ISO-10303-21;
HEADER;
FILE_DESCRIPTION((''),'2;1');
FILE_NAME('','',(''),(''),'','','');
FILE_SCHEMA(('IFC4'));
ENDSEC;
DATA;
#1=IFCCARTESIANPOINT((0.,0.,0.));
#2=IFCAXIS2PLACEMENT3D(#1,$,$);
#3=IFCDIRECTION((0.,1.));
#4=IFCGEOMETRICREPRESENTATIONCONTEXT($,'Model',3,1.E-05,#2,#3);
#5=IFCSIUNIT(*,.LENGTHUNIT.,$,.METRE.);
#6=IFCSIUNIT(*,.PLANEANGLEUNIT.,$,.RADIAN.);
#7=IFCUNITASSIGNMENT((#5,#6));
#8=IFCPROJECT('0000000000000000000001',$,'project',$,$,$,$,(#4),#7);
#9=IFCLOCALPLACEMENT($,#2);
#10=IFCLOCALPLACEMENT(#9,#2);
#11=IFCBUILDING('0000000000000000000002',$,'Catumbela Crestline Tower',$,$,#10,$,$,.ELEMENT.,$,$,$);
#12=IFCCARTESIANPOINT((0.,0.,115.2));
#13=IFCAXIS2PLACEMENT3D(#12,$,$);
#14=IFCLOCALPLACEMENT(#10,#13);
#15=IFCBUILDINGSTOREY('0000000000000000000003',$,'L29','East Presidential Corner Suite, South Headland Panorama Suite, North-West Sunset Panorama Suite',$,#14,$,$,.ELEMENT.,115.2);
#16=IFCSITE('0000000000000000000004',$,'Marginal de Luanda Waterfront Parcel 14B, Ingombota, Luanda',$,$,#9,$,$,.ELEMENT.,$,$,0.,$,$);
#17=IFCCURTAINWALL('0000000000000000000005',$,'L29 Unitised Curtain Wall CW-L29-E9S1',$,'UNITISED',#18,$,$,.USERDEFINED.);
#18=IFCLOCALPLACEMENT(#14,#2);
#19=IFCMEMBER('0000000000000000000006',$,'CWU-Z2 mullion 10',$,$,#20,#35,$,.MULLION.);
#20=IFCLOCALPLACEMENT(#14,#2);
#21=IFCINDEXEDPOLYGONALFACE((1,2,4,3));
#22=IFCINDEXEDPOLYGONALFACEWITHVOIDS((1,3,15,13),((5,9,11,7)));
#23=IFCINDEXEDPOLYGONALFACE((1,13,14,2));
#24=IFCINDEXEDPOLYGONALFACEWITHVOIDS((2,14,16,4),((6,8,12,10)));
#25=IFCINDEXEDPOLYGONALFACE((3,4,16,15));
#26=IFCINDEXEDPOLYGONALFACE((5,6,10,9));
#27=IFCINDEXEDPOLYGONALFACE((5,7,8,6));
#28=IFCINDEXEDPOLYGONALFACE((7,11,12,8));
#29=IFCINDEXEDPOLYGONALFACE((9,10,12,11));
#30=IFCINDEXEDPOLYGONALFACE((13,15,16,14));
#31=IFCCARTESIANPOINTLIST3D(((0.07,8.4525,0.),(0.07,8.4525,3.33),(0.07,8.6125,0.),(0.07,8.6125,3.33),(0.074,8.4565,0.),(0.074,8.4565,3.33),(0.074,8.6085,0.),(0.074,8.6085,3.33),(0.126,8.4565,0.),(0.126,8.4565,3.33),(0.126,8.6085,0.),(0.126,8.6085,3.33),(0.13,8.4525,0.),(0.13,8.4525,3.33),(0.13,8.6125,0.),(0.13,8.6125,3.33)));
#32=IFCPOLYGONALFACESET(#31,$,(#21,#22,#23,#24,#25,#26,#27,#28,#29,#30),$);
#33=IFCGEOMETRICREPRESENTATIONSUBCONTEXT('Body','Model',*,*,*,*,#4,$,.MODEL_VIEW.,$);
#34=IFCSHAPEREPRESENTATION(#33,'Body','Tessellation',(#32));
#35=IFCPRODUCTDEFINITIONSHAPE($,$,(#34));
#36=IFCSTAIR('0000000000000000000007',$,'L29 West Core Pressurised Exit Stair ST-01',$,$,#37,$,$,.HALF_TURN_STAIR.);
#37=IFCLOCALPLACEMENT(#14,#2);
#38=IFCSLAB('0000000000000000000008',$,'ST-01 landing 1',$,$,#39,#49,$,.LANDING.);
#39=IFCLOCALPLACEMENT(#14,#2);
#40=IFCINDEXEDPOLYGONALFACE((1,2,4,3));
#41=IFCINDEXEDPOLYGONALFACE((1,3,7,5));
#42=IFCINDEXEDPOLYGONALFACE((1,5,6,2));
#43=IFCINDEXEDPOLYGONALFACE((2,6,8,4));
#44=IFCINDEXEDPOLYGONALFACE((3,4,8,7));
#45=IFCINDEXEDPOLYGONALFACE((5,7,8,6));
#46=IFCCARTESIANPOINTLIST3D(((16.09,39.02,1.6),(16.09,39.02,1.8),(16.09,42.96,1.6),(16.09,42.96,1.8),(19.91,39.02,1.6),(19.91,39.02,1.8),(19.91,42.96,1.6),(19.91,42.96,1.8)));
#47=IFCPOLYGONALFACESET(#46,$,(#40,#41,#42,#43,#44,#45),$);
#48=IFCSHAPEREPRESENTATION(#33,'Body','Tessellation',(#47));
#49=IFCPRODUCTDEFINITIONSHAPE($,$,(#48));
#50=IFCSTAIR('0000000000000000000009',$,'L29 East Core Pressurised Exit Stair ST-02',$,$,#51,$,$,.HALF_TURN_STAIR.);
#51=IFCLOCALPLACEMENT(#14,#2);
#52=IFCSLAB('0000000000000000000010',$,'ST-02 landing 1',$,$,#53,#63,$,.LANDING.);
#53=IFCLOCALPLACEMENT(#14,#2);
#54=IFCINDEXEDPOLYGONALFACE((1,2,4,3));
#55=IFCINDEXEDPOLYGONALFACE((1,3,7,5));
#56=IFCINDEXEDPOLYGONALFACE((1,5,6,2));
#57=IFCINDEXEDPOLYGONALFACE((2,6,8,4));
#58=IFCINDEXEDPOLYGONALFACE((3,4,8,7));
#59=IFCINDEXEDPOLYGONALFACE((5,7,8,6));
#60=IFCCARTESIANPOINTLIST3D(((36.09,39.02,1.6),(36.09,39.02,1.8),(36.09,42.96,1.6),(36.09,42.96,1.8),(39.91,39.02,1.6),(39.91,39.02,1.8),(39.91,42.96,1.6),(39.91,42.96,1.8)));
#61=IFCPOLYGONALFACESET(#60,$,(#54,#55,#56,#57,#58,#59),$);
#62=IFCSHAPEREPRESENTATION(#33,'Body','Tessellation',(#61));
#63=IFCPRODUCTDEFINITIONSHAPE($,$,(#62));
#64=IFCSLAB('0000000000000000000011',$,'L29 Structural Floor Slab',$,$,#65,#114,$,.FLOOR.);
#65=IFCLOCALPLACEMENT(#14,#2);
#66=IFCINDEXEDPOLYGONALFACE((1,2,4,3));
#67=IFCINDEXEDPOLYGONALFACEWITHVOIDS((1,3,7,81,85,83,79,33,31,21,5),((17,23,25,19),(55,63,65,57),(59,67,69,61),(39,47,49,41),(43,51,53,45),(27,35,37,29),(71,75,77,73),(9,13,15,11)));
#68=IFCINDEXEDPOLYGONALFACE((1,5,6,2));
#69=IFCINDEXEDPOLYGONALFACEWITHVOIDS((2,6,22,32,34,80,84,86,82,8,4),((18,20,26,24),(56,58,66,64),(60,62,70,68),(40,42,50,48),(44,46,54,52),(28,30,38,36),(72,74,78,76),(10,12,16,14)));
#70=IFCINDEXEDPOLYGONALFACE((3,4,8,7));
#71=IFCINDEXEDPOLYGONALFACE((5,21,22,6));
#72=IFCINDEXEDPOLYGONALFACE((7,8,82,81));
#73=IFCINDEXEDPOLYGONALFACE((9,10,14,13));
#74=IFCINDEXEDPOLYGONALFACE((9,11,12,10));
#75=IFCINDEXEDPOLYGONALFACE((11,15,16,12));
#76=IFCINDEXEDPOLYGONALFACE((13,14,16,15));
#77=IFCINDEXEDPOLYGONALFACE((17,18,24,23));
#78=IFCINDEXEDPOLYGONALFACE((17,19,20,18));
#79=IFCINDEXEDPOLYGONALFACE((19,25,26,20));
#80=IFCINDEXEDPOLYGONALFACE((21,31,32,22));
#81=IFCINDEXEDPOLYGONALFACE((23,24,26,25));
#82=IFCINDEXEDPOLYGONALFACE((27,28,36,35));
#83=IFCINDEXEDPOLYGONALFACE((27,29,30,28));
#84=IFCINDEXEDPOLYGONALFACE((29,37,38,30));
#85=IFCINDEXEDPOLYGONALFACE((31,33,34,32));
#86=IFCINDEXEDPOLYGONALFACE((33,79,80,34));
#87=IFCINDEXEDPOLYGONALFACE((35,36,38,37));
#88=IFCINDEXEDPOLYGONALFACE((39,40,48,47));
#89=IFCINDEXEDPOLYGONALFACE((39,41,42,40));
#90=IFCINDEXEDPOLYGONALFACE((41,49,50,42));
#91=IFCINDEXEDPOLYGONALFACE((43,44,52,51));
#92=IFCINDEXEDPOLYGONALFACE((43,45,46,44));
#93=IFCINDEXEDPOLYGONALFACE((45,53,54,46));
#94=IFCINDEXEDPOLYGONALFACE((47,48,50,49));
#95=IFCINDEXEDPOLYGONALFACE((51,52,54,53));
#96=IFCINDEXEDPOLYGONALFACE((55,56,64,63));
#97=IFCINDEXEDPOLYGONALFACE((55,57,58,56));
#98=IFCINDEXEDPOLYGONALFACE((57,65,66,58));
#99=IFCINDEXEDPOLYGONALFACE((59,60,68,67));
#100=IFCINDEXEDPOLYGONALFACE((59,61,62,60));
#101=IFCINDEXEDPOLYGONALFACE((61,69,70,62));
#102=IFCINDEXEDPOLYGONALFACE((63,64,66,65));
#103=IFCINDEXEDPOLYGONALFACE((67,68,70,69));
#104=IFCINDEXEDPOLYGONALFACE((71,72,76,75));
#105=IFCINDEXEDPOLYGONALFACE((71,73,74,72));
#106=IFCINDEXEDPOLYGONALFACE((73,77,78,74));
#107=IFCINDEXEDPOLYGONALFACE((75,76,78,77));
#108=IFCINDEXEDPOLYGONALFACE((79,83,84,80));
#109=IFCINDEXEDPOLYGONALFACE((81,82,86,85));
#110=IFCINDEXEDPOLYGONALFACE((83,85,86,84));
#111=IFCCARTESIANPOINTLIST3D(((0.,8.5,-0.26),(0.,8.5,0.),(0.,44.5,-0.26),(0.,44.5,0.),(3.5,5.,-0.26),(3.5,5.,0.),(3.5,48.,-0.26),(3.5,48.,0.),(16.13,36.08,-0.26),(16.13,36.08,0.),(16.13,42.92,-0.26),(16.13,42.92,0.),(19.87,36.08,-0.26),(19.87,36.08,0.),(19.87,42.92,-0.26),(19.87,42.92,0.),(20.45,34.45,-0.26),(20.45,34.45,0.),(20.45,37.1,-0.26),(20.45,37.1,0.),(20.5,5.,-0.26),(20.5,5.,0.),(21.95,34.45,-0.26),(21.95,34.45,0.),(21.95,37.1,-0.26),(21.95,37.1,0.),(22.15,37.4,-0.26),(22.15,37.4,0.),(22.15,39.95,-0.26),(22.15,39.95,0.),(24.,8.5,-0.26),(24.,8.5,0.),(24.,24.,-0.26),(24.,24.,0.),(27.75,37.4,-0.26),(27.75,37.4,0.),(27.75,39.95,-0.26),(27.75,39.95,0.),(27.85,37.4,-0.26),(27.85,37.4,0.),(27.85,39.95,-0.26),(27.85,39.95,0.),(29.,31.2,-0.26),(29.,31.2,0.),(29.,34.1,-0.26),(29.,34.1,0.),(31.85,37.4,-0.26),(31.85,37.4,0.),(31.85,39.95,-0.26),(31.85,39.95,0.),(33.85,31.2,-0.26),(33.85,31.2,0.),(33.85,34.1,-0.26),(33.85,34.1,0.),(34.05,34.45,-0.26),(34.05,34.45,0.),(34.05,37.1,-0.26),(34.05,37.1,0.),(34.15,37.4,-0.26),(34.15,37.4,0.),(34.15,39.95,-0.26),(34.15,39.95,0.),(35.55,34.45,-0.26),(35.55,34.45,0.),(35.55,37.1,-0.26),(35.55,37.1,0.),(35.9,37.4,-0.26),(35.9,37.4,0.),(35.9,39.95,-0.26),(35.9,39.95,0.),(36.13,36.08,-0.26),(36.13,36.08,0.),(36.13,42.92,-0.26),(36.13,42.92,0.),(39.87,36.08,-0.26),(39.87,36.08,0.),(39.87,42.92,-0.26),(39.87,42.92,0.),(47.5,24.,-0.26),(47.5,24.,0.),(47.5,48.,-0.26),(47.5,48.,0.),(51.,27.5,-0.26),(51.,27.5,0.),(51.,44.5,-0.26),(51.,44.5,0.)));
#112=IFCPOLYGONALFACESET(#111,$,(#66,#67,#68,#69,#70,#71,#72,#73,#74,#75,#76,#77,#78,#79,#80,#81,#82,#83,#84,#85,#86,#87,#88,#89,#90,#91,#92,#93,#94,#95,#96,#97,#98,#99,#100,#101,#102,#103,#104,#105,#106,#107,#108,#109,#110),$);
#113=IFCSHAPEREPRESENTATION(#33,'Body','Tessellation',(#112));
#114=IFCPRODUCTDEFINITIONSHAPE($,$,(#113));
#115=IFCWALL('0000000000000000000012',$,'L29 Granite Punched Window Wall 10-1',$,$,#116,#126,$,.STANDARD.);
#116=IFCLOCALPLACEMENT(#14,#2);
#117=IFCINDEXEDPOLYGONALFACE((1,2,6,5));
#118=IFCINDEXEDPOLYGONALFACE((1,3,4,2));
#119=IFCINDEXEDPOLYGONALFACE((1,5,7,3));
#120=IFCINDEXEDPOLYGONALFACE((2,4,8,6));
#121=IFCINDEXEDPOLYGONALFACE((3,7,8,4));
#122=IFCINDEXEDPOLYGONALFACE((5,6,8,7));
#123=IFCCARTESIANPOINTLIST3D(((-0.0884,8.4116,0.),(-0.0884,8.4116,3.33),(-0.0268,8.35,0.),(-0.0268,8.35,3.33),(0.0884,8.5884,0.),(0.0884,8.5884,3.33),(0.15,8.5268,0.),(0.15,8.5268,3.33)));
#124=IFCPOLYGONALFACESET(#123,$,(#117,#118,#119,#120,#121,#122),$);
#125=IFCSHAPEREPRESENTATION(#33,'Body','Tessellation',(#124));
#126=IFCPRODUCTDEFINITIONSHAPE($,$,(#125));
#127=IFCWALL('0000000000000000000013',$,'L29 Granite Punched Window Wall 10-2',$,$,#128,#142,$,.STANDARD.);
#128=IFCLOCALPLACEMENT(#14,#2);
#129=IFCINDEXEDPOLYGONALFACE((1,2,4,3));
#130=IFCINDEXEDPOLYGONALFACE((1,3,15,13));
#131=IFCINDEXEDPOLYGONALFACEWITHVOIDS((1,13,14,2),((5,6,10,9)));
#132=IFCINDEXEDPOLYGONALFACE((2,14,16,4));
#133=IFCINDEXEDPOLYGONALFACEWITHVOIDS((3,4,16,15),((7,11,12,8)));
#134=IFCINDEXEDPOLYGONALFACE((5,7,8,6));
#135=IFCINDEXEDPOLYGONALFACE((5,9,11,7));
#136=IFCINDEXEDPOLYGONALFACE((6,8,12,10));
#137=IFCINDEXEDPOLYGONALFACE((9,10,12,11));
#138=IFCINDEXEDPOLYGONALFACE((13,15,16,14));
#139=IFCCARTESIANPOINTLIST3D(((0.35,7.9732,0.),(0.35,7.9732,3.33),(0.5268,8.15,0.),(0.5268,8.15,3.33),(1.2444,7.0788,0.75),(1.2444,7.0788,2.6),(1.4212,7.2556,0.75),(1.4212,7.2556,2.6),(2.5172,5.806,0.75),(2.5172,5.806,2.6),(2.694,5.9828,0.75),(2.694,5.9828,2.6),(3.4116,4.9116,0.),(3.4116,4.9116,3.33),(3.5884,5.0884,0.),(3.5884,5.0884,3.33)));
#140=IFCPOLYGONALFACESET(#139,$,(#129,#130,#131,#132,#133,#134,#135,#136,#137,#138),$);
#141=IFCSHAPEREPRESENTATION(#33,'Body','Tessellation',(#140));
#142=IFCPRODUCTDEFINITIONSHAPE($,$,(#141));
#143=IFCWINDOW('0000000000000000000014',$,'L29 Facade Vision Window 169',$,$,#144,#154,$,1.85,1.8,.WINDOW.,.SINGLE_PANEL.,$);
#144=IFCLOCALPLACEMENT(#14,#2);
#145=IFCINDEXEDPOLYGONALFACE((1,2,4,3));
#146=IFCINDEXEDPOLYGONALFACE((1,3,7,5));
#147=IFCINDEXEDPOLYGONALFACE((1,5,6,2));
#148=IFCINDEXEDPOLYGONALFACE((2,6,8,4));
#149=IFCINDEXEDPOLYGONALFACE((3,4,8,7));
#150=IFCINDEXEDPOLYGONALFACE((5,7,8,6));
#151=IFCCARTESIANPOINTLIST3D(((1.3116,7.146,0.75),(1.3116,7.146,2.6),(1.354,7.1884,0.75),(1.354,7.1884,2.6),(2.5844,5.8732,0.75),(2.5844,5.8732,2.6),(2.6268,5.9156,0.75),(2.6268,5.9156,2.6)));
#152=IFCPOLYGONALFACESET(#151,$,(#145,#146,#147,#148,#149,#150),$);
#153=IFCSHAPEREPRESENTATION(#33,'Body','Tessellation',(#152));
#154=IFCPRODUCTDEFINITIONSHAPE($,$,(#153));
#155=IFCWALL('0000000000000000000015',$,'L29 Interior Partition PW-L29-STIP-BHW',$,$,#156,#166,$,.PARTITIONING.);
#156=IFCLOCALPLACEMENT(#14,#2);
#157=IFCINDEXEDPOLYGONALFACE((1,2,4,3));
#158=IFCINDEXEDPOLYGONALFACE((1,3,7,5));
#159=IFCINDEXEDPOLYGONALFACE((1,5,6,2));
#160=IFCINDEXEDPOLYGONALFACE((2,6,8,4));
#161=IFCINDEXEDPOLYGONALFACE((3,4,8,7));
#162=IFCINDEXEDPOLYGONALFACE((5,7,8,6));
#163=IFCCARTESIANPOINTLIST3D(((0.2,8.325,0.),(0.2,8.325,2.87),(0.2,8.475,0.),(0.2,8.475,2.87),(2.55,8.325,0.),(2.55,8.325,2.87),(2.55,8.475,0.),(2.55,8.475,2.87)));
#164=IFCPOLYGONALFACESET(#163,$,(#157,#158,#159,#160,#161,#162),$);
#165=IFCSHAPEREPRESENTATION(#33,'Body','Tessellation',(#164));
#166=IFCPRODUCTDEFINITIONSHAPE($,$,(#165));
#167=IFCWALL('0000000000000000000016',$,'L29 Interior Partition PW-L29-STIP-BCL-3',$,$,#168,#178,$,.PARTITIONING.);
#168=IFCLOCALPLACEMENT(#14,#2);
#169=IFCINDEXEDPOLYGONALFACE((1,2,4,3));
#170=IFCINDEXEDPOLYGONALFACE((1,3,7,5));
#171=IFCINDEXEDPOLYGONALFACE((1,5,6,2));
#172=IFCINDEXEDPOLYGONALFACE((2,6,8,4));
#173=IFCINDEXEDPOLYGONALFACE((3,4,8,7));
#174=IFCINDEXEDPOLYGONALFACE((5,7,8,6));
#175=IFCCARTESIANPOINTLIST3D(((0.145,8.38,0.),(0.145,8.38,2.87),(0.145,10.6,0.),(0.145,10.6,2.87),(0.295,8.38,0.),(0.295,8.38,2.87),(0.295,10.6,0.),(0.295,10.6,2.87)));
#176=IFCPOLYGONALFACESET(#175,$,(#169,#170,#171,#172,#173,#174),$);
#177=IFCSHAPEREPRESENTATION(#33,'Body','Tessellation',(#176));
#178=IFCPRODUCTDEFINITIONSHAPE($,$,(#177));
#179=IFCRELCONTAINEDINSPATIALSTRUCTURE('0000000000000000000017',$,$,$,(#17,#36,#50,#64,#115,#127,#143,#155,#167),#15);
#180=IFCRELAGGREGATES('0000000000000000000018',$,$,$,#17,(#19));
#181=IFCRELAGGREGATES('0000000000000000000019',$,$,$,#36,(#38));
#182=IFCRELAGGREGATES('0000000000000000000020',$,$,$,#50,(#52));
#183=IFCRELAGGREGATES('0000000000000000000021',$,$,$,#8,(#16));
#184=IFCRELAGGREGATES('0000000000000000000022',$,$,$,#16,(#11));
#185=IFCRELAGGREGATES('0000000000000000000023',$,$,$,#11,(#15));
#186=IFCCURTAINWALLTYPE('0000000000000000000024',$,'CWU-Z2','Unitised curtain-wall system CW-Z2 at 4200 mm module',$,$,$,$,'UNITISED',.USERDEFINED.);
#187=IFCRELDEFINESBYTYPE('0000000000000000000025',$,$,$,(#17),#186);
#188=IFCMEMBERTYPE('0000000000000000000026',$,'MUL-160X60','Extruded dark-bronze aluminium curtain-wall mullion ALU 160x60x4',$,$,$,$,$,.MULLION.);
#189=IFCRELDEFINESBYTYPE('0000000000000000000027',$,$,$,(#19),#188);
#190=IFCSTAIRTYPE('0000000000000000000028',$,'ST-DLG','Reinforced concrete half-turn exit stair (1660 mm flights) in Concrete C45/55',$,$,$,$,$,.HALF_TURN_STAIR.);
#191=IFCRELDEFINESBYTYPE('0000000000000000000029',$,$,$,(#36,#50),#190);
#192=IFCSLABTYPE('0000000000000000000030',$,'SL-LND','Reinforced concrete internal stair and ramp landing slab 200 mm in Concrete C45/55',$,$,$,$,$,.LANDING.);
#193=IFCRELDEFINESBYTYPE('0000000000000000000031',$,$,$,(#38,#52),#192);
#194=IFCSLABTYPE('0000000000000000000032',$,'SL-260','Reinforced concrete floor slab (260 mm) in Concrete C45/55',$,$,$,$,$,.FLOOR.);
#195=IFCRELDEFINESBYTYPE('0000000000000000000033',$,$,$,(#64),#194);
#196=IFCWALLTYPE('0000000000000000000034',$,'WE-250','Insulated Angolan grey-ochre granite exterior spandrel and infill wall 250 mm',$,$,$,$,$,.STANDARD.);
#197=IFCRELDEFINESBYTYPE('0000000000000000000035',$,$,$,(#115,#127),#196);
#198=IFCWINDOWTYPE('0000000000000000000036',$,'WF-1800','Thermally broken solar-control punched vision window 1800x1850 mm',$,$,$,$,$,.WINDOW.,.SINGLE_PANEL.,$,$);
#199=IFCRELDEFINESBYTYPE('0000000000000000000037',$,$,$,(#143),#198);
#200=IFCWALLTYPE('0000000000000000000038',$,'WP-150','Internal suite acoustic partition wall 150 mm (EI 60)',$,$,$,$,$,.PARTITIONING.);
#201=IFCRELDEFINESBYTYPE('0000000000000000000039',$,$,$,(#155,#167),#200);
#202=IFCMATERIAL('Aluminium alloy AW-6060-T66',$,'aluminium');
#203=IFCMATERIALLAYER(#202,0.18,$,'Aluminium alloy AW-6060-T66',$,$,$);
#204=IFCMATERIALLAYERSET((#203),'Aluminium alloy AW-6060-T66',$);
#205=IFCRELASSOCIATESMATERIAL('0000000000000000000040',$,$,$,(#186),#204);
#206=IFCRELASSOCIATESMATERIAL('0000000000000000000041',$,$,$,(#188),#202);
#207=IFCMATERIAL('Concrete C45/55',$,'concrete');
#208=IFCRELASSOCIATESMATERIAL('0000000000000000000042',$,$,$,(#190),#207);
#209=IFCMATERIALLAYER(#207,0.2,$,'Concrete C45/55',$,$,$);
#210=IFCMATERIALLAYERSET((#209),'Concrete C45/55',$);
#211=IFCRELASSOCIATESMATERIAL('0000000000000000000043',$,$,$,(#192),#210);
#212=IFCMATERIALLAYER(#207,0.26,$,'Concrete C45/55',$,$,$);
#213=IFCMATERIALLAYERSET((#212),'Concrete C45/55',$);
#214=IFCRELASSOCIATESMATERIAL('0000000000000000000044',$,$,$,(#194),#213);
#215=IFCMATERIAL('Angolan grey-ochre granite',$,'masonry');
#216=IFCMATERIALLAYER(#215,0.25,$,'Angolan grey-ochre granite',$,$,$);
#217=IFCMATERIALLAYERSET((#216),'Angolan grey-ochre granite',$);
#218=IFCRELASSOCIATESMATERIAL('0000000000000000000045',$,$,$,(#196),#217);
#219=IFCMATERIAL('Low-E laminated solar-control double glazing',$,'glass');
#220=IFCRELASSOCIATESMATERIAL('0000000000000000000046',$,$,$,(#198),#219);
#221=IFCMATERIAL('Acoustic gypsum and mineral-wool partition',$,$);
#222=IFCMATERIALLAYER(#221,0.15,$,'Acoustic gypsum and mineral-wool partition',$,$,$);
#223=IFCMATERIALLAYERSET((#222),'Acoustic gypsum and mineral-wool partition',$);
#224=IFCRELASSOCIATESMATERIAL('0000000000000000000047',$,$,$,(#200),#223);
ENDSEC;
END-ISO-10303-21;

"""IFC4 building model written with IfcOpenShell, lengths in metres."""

from ifc_helpers import new_model, si_unit, direction, frame, frame_2d, origin, origin_2d, place, context, subcontext, project, spatial, polyline, rectangle, hollow_rectangle, outline, extrude, material, layer, layer_set, material_profile, profile_set, type_object, element, fill, aggregate, save


model = new_model("IFC4")

# Units and contexts
model_context = context("Model", 3, precision=1e-05, world=origin(), true_north=direction((0.0, 1.0)))
body_context = subcontext(model_context, "Body", "Model", "MODEL_VIEW")
ifc_project = project(units=[si_unit("LENGTHUNIT", "METRE"), si_unit("PLANEANGLEUNIT", "RADIAN")], contexts=[model_context])

# Site, building, storey
site_placement = place(None, origin())
site = spatial("IfcSite", under=ifc_project, at=site_placement, Name="Marginal de Luanda Waterfront Parcel 14B, Ingombota, Luanda", CompositionType="ELEMENT", RefElevation=0.0)
building_placement = place(site_placement, origin())
building = spatial("IfcBuilding", under=site, at=building_placement, Name="Catumbela Crestline Tower", CompositionType="ELEMENT")
storey_placement = place(building_placement, frame((0.0, 0.0, 115.2)))
storey = spatial("IfcBuildingStorey", under=building, at=storey_placement, Name="L29", Description="East Presidential Corner Suite, South Headland Panorama Suite, North-West Sunset Panorama Suite", CompositionType="ELEMENT", Elevation=115.2)

# Curtain wall, member
ifc_material_1 = material(Name="Aluminium alloy AW-6060-T66", Category="aluminium")
ifc_layer_1 = layer(ifc_material_1, 0.18, Name="Aluminium alloy AW-6060-T66")
ifc_layer_set_1 = layer_set([ifc_layer_1], Name="Aluminium alloy AW-6060-T66")
curtain_wall_type = type_object("IfcCurtainWallType", Name="CWU-Z2", Description="Unitised curtain-wall system CW-Z2 at 4200 mm module", ElementType="UNITISED", PredefinedType="USERDEFINED", material=ifc_layer_set_1)
curtain_wall_placement = place(storey_placement, origin())
curtain_wall = element("IfcCurtainWall", 1, at=curtain_wall_placement, inside=storey, type_object=curtain_wall_type, Name="L29 Unitised Curtain Wall CW-L29-E9S1", ObjectType="UNITISED", PredefinedType="USERDEFINED")
ifc_material_profile = material_profile(ifc_material_1, hollow_rectangle(XDim=0.06, YDim=0.16, WallThickness=0.004, at=origin_2d()), Name="ALU 160x60x4")
ifc_profile_set = profile_set([ifc_material_profile], Name="Aluminium alloy AW-6060-T66")
member_type = type_object("IfcMemberType", Name="MUL-160X60", Description="Extruded dark-bronze aluminium curtain-wall mullion ALU 160x60x4", PredefinedType="MULLION", material=ifc_profile_set)
member_placement = place(storey_placement, frame((0.1, 8.5325, 0.0), z_axis=(0.0, 0.0, 1.0), x_axis=(1.0, 0.0, 0.0)))
member = element("IfcMember", 2, at=member_placement, type_object=member_type, Name="CWU-Z2 mullion 10", PredefinedType="MULLION", context=body_context, shape_type="SweptSolid", body=[
    extrude(hollow_rectangle(XDim=0.06, YDim=0.16, WallThickness=0.004, at=origin_2d()), origin(), (0.0, 0.0, 1.0), 3.33),
])
aggregate(curtain_wall, [member])

# Stairs, slabs
ifc_material_2 = material(Name="Concrete C45/55", Category="concrete")
stair_type = type_object("IfcStairType", Name="ST-DLG", Description="Reinforced concrete half-turn exit stair (1660 mm flights) in Concrete C45/55", PredefinedType="HALF_TURN_STAIR", material=ifc_material_2)
stair_1_placement = place(storey_placement, origin())
stair_1 = element("IfcStair", 3, at=stair_1_placement, inside=storey, type_object=stair_type, Name="L29 West Core Pressurised Exit Stair ST-01", PredefinedType="HALF_TURN_STAIR")
ifc_layer_2 = layer(ifc_material_2, 0.2, Name="Concrete C45/55")
ifc_layer_set_2 = layer_set([ifc_layer_2], Name="Concrete C45/55")
slab_type_1 = type_object("IfcSlabType", Name="SL-LND", Description="Reinforced concrete internal stair and ramp landing slab 200 mm in Concrete C45/55", PredefinedType="LANDING", material=ifc_layer_set_2)
slab_1_placement = place(storey_placement, frame((0.0, 0.0, 1.6)))
slab_1 = element("IfcSlab", 4, at=slab_1_placement, type_object=slab_type_1, Name="ST-01 landing 1", PredefinedType="LANDING", context=body_context, shape_type="SweptSolid", body=[
    extrude(outline(polyline([(19.91, 39.02), (19.91, 42.96), (16.09, 42.96), (16.09, 39.02), (19.91, 39.02)])), origin(), (0.0, 0.0, 1.0), 0.2),
])
aggregate(stair_1, [slab_1])
stair_2_placement = place(storey_placement, origin())
stair_2 = element("IfcStair", 5, at=stair_2_placement, inside=storey, type_object=stair_type, Name="L29 East Core Pressurised Exit Stair ST-02", PredefinedType="HALF_TURN_STAIR")
slab_2_placement = place(storey_placement, frame((0.0, 0.0, 1.6)))
slab_2 = element("IfcSlab", 6, at=slab_2_placement, type_object=slab_type_1, Name="ST-02 landing 1", PredefinedType="LANDING", context=body_context, shape_type="SweptSolid", body=[
    extrude(outline(polyline([(39.91, 39.02), (39.91, 42.96), (36.09, 42.96), (36.09, 39.02), (39.91, 39.02)])), origin(), (0.0, 0.0, 1.0), 0.2),
])
aggregate(stair_2, [slab_2])

# Slab
ifc_layer_3 = layer(ifc_material_2, 0.26, Name="Concrete C45/55")
ifc_layer_set_3 = layer_set([ifc_layer_3], Name="Concrete C45/55")
slab_type_2 = type_object("IfcSlabType", Name="SL-260", Description="Reinforced concrete floor slab (260 mm) in Concrete C45/55", PredefinedType="FLOOR", material=ifc_layer_set_3)
slab_3_placement = place(storey_placement, frame((0.0, 0.0, -0.26)))
element("IfcSlab", 7, at=slab_3_placement, inside=storey, type_object=slab_type_2, Name="L29 Structural Floor Slab", PredefinedType="FLOOR", context=body_context, shape_type="SweptSolid", body=[
    extrude(outline(polyline([(3.5, 5.0), (20.5, 5.0), (24.0, 8.5), (24.0, 24.0), (47.5, 24.0), (51.0, 27.5), (51.0, 44.5), (47.5, 48.0), (3.5, 48.0), (0.0, 44.5), (0.0, 8.5), (3.5, 5.0)]), holes=[polyline([(16.13, 36.08), (19.87, 36.08), (19.87, 42.92), (16.13, 42.92), (16.13, 36.08)]), polyline([(36.13, 36.08), (39.87, 36.08), (39.87, 42.92), (36.13, 42.92), (36.13, 36.08)]), polyline([(29.0, 31.2), (33.85, 31.2), (33.85, 34.1), (29.0, 34.1), (29.0, 31.2)]), polyline([(22.15, 37.4), (27.75, 37.4), (27.75, 39.95), (22.15, 39.95), (22.15, 37.4)]), polyline([(27.85, 37.4), (31.85, 37.4), (31.85, 39.95), (27.85, 39.95), (27.85, 37.4)]), polyline([(20.45, 34.45), (21.95, 34.45), (21.95, 37.1), (20.45, 37.1), (20.45, 34.45)]), polyline([(34.05, 34.45), (35.55, 34.45), (35.55, 37.1), (34.05, 37.1), (34.05, 34.45)]), polyline([(34.15, 37.4), (35.9, 37.4), (35.9, 39.95), (34.15, 39.95), (34.15, 37.4)])]), origin(), (0.0, 0.0, 1.0), 0.26),
])

# Wall
ifc_material_3 = material(Name="Angolan grey-ochre granite", Category="masonry")
ifc_layer_4 = layer(ifc_material_3, 0.25, Name="Angolan grey-ochre granite")
ifc_layer_set_4 = layer_set([ifc_layer_4], Name="Angolan grey-ochre granite")
wall_type_1 = type_object("IfcWallType", Name="WE-250", Description="Insulated Angolan grey-ochre granite exterior spandrel and infill wall 250 mm", PredefinedType="STANDARD", material=ifc_layer_set_4)
wall_1_placement = place(storey_placement, frame((0.0, 8.5, 0.0), z_axis=(0.0, 0.0, 1.0), x_axis=(0.707107, -0.707107, 0.0)))
element("IfcWall", 8, at=wall_1_placement, inside=storey, type_object=wall_type_1, Name="L29 Granite Punched Window Wall 10-1", PredefinedType="STANDARD", context=body_context, shape_type="SweptSolid", body=[
    extrude(rectangle(XDim=0.0871, YDim=0.25, at=frame_2d((0.0436, 0.0))), origin(), (0.0, 0.0, 1.0), 3.33),
])

# Wall, opening, window
wall_2_placement = place(storey_placement, frame((0.4384, 8.0616, 0.0), z_axis=(0.0, 0.0, 1.0), x_axis=(0.707107, -0.707107, 0.0)))
wall_2 = element("IfcWall", 9, at=wall_2_placement, inside=storey, type_object=wall_type_1, Name="L29 Granite Punched Window Wall 10-2", PredefinedType="STANDARD", context=body_context, shape_type="SweptSolid", body=[
    extrude(rectangle(XDim=4.3298, YDim=0.25, at=frame_2d((2.1649, 0.0))), origin(), (0.0, 0.0, 1.0), 3.33),
])
opening_placement = place(wall_2_placement, frame((1.2649, 0.0, 0.75)))
opening = element("IfcOpeningElement", 10, at=opening_placement, cuts=wall_2, PredefinedType="OPENING", context=body_context, shape_type="SweptSolid", body=[
    extrude(rectangle(XDim=1.8, YDim=1.85, at=frame_2d((0.9, 0.925))), frame((0.0, 0.135, 0.0), z_axis=(0.0, -1.0, 0.0), x_axis=(1.0, 0.0, 0.0)), (0.0, 0.0, 1.0), 0.27),
])
ifc_material_4 = material(Name="Low-E laminated solar-control double glazing", Category="glass")
window_type = type_object("IfcWindowType", Name="WF-1800", Description="Thermally broken solar-control punched vision window 1800x1850 mm", PartitioningType="SINGLE_PANEL", PredefinedType="WINDOW", material=ifc_material_4)
window_placement = place(opening_placement, origin())
window = element("IfcWindow", 11, at=window_placement, inside=storey, type_object=window_type, Name="L29 Facade Vision Window 169", OverallHeight=1.85, OverallWidth=1.8, PartitioningType="SINGLE_PANEL", PredefinedType="WINDOW", context=body_context, shape_type="SweptSolid", body=[
    extrude(rectangle(XDim=1.8, YDim=1.85, at=frame_2d((0.9, 0.925))), frame((0.0, 0.03, 0.0), z_axis=(0.0, -1.0, 0.0), x_axis=(1.0, 0.0, 0.0)), (0.0, 0.0, 1.0), 0.06),
])
fill(opening, window)

# Walls
ifc_material_5 = material(Name="Acoustic gypsum and mineral-wool partition")
ifc_layer_5 = layer(ifc_material_5, 0.15, Name="Acoustic gypsum and mineral-wool partition")
ifc_layer_set_5 = layer_set([ifc_layer_5], Name="Acoustic gypsum and mineral-wool partition")
wall_type_2 = type_object("IfcWallType", Name="WP-150", Description="Internal suite acoustic partition wall 150 mm (EI 60)", PredefinedType="PARTITIONING", material=ifc_layer_set_5)
wall_3_placement = place(storey_placement, frame((0.2, 8.4, 0.0), z_axis=(0.0, 0.0, 1.0), x_axis=(1.0, 0.0, 0.0)))
element("IfcWall", 12, at=wall_3_placement, inside=storey, type_object=wall_type_2, Name="L29 Interior Partition PW-L29-STIP-BHW", PredefinedType="PARTITIONING", context=body_context, shape_type="SweptSolid", body=[
    extrude(rectangle(XDim=2.35, YDim=0.15, at=frame_2d((1.175, 0.0))), origin(), (0.0, 0.0, 1.0), 2.87),
])
wall_4_placement = place(storey_placement, frame((0.22, 8.38, 0.0), z_axis=(0.0, 0.0, 1.0), x_axis=(0.0, 1.0, 0.0)))
element("IfcWall", 13, at=wall_4_placement, inside=storey, type_object=wall_type_2, Name="L29 Interior Partition PW-L29-STIP-BCL-3", PredefinedType="PARTITIONING", context=body_context, shape_type="SweptSolid", body=[
    extrude(rectangle(XDim=2.22, YDim=0.15, at=frame_2d((1.11, 0.0))), origin(), (0.0, 0.0, 1.0), 2.87),
])

save(model, "model.ifc")
